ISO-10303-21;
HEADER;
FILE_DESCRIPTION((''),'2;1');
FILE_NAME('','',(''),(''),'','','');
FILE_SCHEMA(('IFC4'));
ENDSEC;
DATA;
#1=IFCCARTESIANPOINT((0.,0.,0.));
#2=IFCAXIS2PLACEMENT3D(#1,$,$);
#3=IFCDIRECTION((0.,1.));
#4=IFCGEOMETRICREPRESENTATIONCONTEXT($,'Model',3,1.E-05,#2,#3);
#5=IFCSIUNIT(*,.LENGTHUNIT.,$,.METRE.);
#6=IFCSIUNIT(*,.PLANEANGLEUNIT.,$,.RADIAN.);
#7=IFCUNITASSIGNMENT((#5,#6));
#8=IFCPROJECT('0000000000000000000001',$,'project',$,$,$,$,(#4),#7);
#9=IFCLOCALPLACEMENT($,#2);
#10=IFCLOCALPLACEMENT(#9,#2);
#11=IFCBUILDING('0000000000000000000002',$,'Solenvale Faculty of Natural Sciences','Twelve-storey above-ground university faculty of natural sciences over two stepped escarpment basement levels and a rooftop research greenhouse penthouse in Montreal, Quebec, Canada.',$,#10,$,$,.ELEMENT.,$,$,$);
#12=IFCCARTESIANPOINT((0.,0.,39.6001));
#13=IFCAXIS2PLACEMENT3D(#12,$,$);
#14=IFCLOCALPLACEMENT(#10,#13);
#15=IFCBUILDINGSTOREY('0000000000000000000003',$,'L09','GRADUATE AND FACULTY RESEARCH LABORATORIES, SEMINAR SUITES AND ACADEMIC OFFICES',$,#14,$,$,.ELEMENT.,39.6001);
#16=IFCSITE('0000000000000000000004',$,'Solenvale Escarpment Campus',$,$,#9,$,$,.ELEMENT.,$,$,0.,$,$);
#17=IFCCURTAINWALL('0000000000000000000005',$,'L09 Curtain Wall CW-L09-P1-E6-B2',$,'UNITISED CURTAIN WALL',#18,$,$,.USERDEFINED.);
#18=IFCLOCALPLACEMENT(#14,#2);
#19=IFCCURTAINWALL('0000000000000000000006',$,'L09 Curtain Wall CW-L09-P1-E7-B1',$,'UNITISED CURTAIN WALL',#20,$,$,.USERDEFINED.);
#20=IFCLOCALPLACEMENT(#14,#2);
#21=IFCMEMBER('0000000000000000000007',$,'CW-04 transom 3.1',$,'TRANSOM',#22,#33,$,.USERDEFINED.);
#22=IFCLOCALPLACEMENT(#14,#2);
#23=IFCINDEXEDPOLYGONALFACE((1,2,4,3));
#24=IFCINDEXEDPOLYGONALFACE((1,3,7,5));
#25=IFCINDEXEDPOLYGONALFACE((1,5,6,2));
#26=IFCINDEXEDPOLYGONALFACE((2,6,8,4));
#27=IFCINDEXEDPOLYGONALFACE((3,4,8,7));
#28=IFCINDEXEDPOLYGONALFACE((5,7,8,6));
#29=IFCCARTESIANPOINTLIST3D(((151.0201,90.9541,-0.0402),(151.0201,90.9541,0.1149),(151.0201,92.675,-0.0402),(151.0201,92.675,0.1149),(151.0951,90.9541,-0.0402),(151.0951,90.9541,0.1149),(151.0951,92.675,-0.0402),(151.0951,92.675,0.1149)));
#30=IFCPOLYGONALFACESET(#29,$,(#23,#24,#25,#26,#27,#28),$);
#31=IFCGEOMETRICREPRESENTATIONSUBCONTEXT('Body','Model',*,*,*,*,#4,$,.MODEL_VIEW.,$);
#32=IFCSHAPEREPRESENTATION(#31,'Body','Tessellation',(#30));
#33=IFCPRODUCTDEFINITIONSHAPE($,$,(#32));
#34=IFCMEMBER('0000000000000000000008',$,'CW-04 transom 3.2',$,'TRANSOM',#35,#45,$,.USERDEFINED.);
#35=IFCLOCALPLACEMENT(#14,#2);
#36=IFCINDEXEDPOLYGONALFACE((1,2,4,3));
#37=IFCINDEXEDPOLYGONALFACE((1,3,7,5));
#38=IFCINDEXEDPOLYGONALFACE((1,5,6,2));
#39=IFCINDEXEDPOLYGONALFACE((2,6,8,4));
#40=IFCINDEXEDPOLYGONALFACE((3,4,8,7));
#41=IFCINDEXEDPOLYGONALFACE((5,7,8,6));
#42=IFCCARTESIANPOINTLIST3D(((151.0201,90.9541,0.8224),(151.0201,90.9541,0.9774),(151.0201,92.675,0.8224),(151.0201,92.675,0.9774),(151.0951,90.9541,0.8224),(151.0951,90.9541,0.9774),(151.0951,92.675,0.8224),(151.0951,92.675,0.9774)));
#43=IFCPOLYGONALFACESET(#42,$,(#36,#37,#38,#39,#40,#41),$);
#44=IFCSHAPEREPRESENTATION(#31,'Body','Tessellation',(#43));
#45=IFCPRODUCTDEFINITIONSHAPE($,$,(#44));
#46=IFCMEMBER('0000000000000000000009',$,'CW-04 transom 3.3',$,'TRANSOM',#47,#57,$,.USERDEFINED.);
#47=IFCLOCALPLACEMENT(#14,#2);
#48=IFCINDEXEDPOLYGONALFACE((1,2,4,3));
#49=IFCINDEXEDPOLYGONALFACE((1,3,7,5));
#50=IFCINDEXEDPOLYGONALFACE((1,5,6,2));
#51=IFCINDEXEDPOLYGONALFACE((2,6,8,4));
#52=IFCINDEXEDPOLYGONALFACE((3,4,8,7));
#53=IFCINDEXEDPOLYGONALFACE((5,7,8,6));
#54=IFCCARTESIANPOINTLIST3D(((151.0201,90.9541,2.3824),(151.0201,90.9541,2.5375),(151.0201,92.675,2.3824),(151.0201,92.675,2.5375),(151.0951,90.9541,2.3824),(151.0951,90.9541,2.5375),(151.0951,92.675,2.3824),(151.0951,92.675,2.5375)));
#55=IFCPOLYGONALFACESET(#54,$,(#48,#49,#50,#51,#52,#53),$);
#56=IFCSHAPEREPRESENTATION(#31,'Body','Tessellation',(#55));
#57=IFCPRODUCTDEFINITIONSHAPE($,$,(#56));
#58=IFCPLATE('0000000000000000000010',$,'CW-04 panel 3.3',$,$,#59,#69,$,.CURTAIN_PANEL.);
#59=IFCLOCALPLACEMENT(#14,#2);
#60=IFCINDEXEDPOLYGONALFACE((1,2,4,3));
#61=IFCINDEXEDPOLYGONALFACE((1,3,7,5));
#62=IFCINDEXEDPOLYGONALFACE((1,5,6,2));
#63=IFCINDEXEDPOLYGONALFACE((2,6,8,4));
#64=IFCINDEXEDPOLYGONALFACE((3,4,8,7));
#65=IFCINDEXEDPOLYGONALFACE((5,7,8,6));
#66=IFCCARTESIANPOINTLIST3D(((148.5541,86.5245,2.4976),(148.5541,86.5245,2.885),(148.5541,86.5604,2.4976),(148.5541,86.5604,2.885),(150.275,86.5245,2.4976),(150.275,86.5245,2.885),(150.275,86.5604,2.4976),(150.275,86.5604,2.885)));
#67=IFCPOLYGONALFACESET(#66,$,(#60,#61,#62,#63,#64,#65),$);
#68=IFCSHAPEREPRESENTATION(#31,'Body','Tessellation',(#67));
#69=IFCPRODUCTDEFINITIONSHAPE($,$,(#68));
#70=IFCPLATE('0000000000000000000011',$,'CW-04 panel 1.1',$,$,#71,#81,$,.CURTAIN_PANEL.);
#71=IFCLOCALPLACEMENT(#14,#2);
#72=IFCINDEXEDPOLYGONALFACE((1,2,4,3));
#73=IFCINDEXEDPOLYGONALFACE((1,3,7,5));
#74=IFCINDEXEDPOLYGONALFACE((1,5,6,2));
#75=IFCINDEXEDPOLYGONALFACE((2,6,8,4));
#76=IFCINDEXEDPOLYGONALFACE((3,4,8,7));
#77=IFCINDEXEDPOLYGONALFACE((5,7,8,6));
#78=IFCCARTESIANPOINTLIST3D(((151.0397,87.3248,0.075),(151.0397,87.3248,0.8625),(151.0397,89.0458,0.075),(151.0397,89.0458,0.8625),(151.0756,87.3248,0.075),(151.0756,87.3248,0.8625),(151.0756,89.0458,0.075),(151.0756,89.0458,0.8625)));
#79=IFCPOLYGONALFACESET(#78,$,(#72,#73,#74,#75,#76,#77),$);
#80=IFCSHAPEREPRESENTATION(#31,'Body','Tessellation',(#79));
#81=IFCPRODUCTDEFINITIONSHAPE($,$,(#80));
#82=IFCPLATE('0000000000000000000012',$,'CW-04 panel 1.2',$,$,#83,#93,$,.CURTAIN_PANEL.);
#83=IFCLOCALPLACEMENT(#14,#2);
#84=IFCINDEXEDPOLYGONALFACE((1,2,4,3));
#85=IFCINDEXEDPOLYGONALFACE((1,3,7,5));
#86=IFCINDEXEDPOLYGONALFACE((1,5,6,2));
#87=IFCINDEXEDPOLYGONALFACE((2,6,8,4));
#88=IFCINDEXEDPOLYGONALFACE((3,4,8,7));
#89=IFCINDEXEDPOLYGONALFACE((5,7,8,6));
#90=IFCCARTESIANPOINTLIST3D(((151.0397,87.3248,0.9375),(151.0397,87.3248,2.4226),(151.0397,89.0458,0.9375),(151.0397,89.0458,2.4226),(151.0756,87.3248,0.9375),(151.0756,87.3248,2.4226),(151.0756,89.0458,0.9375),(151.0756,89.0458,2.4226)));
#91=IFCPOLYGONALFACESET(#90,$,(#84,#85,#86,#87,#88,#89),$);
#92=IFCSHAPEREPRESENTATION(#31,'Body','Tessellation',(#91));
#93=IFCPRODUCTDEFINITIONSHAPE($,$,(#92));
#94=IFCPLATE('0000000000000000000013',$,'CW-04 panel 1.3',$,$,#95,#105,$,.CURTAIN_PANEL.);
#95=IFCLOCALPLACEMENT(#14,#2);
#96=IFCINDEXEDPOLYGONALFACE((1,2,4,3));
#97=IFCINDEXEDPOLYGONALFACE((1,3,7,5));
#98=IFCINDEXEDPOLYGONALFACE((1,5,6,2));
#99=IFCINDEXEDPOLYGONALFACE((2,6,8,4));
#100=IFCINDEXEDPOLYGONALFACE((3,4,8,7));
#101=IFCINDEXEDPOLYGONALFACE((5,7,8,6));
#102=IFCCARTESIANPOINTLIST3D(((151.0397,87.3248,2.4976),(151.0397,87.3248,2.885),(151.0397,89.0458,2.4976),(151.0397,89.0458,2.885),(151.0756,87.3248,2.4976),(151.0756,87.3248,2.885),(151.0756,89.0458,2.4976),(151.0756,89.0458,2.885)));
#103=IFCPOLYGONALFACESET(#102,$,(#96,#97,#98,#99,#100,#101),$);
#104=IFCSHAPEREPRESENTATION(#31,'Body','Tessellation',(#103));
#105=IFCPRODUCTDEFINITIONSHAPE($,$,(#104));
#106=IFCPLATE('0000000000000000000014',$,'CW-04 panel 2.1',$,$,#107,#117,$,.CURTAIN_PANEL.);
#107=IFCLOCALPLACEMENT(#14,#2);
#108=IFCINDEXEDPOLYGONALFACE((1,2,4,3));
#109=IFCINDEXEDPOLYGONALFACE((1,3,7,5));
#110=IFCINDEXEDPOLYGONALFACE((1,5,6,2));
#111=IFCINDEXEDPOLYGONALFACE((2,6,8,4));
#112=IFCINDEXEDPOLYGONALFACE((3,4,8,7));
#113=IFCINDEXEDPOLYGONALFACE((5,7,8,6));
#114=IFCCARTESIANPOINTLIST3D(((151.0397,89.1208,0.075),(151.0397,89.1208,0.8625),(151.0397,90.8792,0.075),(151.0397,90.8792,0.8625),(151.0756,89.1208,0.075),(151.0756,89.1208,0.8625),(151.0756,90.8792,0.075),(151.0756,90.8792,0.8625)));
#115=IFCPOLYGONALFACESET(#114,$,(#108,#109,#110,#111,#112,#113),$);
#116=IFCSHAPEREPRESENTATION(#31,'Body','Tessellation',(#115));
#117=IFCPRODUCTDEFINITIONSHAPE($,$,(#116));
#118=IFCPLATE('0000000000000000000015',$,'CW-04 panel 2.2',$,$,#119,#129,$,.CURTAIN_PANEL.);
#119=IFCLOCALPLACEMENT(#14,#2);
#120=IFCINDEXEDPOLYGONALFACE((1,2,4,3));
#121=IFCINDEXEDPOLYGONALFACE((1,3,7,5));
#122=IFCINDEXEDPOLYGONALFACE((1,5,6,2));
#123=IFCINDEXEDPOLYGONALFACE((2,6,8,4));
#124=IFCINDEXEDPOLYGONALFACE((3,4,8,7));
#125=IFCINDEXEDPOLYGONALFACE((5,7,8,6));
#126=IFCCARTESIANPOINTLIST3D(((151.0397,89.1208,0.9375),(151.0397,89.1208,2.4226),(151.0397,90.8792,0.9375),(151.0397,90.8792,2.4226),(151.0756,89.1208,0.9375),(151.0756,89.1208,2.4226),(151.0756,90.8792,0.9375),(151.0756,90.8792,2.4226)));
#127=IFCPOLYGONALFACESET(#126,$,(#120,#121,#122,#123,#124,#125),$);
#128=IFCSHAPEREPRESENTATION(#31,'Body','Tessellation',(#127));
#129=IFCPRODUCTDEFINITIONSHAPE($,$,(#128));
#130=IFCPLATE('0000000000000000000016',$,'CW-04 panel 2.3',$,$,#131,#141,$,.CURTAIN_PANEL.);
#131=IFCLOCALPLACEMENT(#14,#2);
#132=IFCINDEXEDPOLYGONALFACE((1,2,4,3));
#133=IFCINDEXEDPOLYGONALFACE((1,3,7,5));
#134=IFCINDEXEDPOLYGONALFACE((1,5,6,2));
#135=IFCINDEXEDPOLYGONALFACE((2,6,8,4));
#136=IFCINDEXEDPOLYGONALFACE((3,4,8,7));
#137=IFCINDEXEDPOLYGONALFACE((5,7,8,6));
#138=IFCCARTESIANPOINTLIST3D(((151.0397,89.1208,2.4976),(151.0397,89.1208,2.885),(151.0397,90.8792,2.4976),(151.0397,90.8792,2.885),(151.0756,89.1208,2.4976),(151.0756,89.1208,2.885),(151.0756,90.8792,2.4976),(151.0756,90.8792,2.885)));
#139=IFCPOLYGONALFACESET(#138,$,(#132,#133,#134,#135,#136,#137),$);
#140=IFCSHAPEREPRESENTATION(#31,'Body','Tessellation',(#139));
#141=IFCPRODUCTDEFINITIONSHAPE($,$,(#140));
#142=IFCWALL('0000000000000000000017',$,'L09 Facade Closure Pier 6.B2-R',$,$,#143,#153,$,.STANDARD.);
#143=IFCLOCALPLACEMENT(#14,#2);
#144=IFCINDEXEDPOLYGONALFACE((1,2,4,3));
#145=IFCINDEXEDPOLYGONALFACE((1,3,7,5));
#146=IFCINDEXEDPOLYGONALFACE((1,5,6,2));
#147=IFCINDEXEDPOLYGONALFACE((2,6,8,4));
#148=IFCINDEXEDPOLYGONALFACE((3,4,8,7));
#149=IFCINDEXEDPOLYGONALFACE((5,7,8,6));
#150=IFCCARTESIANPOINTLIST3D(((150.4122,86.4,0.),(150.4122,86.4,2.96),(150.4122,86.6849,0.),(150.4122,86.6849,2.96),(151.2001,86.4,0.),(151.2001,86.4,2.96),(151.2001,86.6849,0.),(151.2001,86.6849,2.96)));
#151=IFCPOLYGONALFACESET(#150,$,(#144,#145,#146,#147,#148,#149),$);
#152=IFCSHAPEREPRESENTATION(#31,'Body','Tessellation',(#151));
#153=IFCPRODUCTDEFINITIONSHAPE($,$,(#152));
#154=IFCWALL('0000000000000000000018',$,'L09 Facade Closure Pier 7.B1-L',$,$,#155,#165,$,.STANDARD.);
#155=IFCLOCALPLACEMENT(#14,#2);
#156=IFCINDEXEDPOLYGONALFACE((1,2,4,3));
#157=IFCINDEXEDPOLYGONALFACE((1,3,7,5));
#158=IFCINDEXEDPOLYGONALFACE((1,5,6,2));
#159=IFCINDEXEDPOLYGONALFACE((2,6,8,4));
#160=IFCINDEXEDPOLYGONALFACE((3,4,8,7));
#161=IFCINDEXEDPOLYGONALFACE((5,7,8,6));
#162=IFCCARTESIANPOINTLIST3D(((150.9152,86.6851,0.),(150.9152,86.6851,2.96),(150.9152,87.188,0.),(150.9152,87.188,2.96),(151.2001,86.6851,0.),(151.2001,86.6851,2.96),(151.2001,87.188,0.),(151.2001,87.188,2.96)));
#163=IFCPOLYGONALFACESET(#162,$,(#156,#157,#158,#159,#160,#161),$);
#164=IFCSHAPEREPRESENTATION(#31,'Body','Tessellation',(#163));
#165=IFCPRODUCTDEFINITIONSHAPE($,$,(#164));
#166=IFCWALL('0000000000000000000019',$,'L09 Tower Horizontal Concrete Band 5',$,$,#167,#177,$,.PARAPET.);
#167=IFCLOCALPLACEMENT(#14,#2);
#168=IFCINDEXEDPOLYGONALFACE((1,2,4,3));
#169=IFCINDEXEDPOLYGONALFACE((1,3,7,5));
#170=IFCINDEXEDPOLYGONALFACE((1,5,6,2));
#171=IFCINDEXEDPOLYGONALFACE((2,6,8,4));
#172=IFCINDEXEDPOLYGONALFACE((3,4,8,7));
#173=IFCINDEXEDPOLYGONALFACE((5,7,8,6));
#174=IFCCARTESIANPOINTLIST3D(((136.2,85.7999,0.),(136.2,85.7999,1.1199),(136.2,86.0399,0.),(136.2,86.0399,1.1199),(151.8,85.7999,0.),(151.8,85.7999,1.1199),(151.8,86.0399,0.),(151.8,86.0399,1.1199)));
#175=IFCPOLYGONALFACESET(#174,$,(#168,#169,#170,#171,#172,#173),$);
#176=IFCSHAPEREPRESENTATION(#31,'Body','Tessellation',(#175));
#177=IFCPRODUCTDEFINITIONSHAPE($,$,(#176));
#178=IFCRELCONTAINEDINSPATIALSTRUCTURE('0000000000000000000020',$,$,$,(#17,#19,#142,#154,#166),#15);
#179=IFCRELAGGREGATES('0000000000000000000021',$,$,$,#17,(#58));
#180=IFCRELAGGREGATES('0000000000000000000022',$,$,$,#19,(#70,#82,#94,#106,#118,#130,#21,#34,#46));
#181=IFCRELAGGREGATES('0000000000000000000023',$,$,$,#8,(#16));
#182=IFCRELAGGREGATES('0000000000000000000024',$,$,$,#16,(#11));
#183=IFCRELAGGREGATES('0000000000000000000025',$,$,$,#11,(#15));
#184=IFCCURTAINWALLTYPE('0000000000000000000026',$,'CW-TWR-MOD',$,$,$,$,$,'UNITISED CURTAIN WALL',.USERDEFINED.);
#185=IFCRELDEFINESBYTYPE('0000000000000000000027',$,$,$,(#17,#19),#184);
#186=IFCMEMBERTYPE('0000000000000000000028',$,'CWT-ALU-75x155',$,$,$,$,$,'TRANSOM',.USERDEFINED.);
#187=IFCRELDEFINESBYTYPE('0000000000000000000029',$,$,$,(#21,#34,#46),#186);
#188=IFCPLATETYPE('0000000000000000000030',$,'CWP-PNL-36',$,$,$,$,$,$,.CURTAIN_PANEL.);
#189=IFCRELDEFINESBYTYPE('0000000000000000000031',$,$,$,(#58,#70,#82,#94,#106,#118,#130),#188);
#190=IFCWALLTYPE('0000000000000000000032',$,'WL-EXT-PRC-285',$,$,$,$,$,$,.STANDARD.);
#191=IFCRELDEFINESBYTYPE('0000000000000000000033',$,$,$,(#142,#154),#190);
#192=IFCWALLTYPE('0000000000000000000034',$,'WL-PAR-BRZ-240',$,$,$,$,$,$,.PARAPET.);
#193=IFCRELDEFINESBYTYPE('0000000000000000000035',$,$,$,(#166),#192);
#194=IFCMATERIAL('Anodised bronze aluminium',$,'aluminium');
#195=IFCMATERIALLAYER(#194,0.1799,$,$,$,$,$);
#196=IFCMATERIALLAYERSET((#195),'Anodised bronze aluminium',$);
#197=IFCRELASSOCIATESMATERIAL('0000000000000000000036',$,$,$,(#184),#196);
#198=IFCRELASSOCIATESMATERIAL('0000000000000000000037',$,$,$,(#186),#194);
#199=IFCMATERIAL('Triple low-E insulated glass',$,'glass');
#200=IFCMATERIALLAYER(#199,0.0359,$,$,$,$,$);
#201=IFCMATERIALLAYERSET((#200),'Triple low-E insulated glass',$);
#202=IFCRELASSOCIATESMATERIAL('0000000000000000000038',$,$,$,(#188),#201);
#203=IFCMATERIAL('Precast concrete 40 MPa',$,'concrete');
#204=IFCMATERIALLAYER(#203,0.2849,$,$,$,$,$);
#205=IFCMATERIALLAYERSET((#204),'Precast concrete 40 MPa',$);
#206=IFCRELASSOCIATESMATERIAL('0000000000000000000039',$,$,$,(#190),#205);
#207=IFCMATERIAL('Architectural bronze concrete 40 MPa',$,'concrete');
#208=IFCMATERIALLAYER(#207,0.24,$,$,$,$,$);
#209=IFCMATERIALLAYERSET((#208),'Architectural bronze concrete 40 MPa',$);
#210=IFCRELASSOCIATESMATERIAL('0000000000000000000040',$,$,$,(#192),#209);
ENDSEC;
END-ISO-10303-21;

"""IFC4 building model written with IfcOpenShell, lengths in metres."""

from ifc_helpers import new_model, si_unit, direction, frame, frame_2d, origin, origin_2d, place, context, subcontext, project, spatial, rectangle, extrude, material, layer, layer_set, material_profile, profile_set, type_object, element, aggregate, save


model = new_model("IFC4")

# Units and contexts
model_context = context("Model", 3, precision=1e-05, world=origin(), true_north=direction((0.0, 1.0)))
body_context = subcontext(model_context, "Body", "Model", "MODEL_VIEW")
ifc_project = project(units=[si_unit("LENGTHUNIT", "METRE"), si_unit("PLANEANGLEUNIT", "RADIAN")], contexts=[model_context])

# Site, building, storey
site_placement = place(None, origin())
site = spatial("IfcSite", under=ifc_project, at=site_placement, Name="Solenvale Escarpment Campus", CompositionType="ELEMENT", RefElevation=0.0)
building_placement = place(site_placement, origin())
building = spatial("IfcBuilding", under=site, at=building_placement, Name="Solenvale Faculty of Natural Sciences", Description="Twelve-storey above-ground university faculty of natural sciences over two stepped escarpment basement levels and a rooftop research greenhouse penthouse in Montreal, Quebec, Canada.", CompositionType="ELEMENT")
storey_placement = place(building_placement, frame((0.0, 0.0, 39.6001)))
storey = spatial("IfcBuildingStorey", under=building, at=storey_placement, Name="L09", Description="GRADUATE AND FACULTY RESEARCH LABORATORIES, SEMINAR SUITES AND ACADEMIC OFFICES", CompositionType="ELEMENT", Elevation=39.6001)

# Curtain wall
ifc_material_1 = material(Name="Anodised bronze aluminium", Category="aluminium")
ifc_layer_1 = layer(ifc_material_1, 0.1799)
ifc_layer_set_1 = layer_set([ifc_layer_1], Name="Anodised bronze aluminium")
curtain_wall_type = type_object("IfcCurtainWallType", Name="CW-TWR-MOD", ElementType="UNITISED CURTAIN WALL", PredefinedType="USERDEFINED", material=ifc_layer_set_1)
curtain_wall_1_placement = place(storey_placement, origin())
curtain_wall_1 = element("IfcCurtainWall", 1, at=curtain_wall_1_placement, inside=storey, type_object=curtain_wall_type, Name="L09 Curtain Wall CW-L09-P1-E6-B2", ObjectType="UNITISED CURTAIN WALL", PredefinedType="USERDEFINED")

# Curtain wall, members
curtain_wall_2_placement = place(storey_placement, origin())
curtain_wall_2 = element("IfcCurtainWall", 2, at=curtain_wall_2_placement, inside=storey, type_object=curtain_wall_type, Name="L09 Curtain Wall CW-L09-P1-E7-B1", ObjectType="UNITISED CURTAIN WALL", PredefinedType="USERDEFINED")
ifc_material_profile_1 = material_profile(ifc_material_1, rectangle(XDim=0.075, YDim=0.155, at=origin_2d()), Name="ALU-TRN-75x155")
ifc_profile_set_1 = profile_set([ifc_material_profile_1], Name="Anodised bronze aluminium")
member_type_1 = type_object("IfcMemberType", Name="CWT-ALU-75x155", ElementType="TRANSOM", PredefinedType="USERDEFINED", material=ifc_profile_set_1)
member_1_placement = place(storey_placement, frame((151.0576, 90.9541, 0.0374), z_axis=(0.0, 1.0, 0.0), x_axis=(-1.0, 0.0, 0.0)))
member_1 = element("IfcMember", 3, at=member_1_placement, type_object=member_type_1, Name="CW-04 transom 3.1", ObjectType="TRANSOM", PredefinedType="USERDEFINED", context=body_context, shape_type="SweptSolid", body=[
    extrude(rectangle(XDim=0.075, YDim=0.155, at=origin_2d()), origin(), (0.0, 0.0, 1.0), 1.7209),
])
member_2_placement = place(storey_placement, frame((151.0576, 90.9541, 0.8999), z_axis=(0.0, 1.0, 0.0), x_axis=(-1.0, 0.0, 0.0)))
member_2 = element("IfcMember", 4, at=member_2_placement, type_object=member_type_1, Name="CW-04 transom 3.2", ObjectType="TRANSOM", PredefinedType="USERDEFINED", context=body_context, shape_type="SweptSolid", body=[
    extrude(rectangle(XDim=0.075, YDim=0.155, at=origin_2d()), origin(), (0.0, 0.0, 1.0), 1.7209),
])
member_3_placement = place(storey_placement, frame((151.0576, 90.9541, 2.46), z_axis=(0.0, 1.0, 0.0), x_axis=(-1.0, 0.0, 0.0)))
member_3 = element("IfcMember", 5, at=member_3_placement, type_object=member_type_1, Name="CW-04 transom 3.3", ObjectType="TRANSOM", PredefinedType="USERDEFINED", context=body_context, shape_type="SweptSolid", body=[
    extrude(rectangle(XDim=0.075, YDim=0.155, at=origin_2d()), origin(), (0.0, 0.0, 1.0), 1.7209),
])

# Plates
ifc_material_2 = material(Name="Triple low-E insulated glass", Category="glass")
ifc_layer_2 = layer(ifc_material_2, 0.0359)
ifc_layer_set_2 = layer_set([ifc_layer_2], Name="Triple low-E insulated glass")
plate_type = type_object("IfcPlateType", Name="CWP-PNL-36", PredefinedType="CURTAIN_PANEL", material=ifc_layer_set_2)
plate_1_placement = place(storey_placement, frame((149.4146, 86.5425, 2.4976), z_axis=(0.0, 0.0, 1.0), x_axis=(1.0, 0.0, 0.0)))
plate_1 = element("IfcPlate", 6, at=plate_1_placement, type_object=plate_type, Name="CW-04 panel 3.3", PredefinedType="CURTAIN_PANEL", context=body_context, shape_type="SweptSolid", body=[
    extrude(rectangle(XDim=1.7209, YDim=0.0359, at=origin_2d()), origin(), (0.0, 0.0, 1.0), 0.3875),
])
aggregate(curtain_wall_1, [plate_1])
plate_2_placement = place(storey_placement, frame((151.0576, 88.1853, 0.075), z_axis=(0.0, 0.0, 1.0), x_axis=(0.0, 1.0, 0.0)))
plate_2 = element("IfcPlate", 7, at=plate_2_placement, type_object=plate_type, Name="CW-04 panel 1.1", PredefinedType="CURTAIN_PANEL", context=body_context, shape_type="SweptSolid", body=[
    extrude(rectangle(XDim=1.7209, YDim=0.0359, at=origin_2d()), origin(), (0.0, 0.0, 1.0), 0.7876),
])
plate_3_placement = place(storey_placement, frame((151.0576, 88.1853, 0.9375), z_axis=(0.0, 0.0, 1.0), x_axis=(0.0, 1.0, 0.0)))
plate_3 = element("IfcPlate", 8, at=plate_3_placement, type_object=plate_type, Name="CW-04 panel 1.2", PredefinedType="CURTAIN_PANEL", context=body_context, shape_type="SweptSolid", body=[
    extrude(rectangle(XDim=1.7209, YDim=0.0359, at=origin_2d()), origin(), (0.0, 0.0, 1.0), 1.4851),
])
plate_4_placement = place(storey_placement, frame((151.0576, 88.1853, 2.4976), z_axis=(0.0, 0.0, 1.0), x_axis=(0.0, 1.0, 0.0)))
plate_4 = element("IfcPlate", 9, at=plate_4_placement, type_object=plate_type, Name="CW-04 panel 1.3", PredefinedType="CURTAIN_PANEL", context=body_context, shape_type="SweptSolid", body=[
    extrude(rectangle(XDim=1.7209, YDim=0.0359, at=origin_2d()), origin(), (0.0, 0.0, 1.0), 0.3875),
])
plate_5_placement = place(storey_placement, frame((151.0576, 90.0, 0.075), z_axis=(0.0, 0.0, 1.0), x_axis=(0.0, 1.0, 0.0)))
plate_5 = element("IfcPlate", 10, at=plate_5_placement, type_object=plate_type, Name="CW-04 panel 2.1", PredefinedType="CURTAIN_PANEL", context=body_context, shape_type="SweptSolid", body=[
    extrude(rectangle(XDim=1.7583, YDim=0.0359, at=origin_2d()), origin(), (0.0, 0.0, 1.0), 0.7876),
])
plate_6_placement = place(storey_placement, frame((151.0576, 90.0, 0.9375), z_axis=(0.0, 0.0, 1.0), x_axis=(0.0, 1.0, 0.0)))
plate_6 = element("IfcPlate", 11, at=plate_6_placement, type_object=plate_type, Name="CW-04 panel 2.2", PredefinedType="CURTAIN_PANEL", context=body_context, shape_type="SweptSolid", body=[
    extrude(rectangle(XDim=1.7583, YDim=0.0359, at=origin_2d()), origin(), (0.0, 0.0, 1.0), 1.4851),
])
plate_7_placement = place(storey_placement, frame((151.0576, 90.0, 2.4976), z_axis=(0.0, 0.0, 1.0), x_axis=(0.0, 1.0, 0.0)))
plate_7 = element("IfcPlate", 12, at=plate_7_placement, type_object=plate_type, Name="CW-04 panel 2.3", PredefinedType="CURTAIN_PANEL", context=body_context, shape_type="SweptSolid", body=[
    extrude(rectangle(XDim=1.7583, YDim=0.0359, at=origin_2d()), origin(), (0.0, 0.0, 1.0), 0.3875),
])
aggregate(curtain_wall_2, [plate_2, plate_3, plate_4, plate_5, plate_6, plate_7, member_1, member_2, member_3])

# Walls
ifc_material_3 = material(Name="Precast concrete 40 MPa", Category="concrete")
ifc_layer_3 = layer(ifc_material_3, 0.2849)
ifc_layer_set_3 = layer_set([ifc_layer_3], Name="Precast concrete 40 MPa")
wall_type_1 = type_object("IfcWallType", Name="WL-EXT-PRC-285", PredefinedType="STANDARD", material=ifc_layer_set_3)
wall_1_placement = place(storey_placement, frame((150.4121, 86.5425, 0.0), z_axis=(0.0, 0.0, 1.0), x_axis=(1.0, 0.0, 0.0)))
element("IfcWall", 13, at=wall_1_placement, inside=storey, type_object=wall_type_1, Name="L09 Facade Closure Pier 6.B2-R", PredefinedType="STANDARD", context=body_context, shape_type="SweptSolid", body=[
    extrude(rectangle(XDim=0.7878, YDim=0.2849, at=frame_2d((0.394, 0.0))), origin(), (0.0, 0.0, 1.0), 2.96),
])
wall_2_placement = place(storey_placement, frame((151.0576, 86.6851, 0.0), z_axis=(0.0, 0.0, 1.0), x_axis=(0.0, 1.0, 0.0)))
element("IfcWall", 14, at=wall_2_placement, inside=storey, type_object=wall_type_1, Name="L09 Facade Closure Pier 7.B1-L", PredefinedType="STANDARD", context=body_context, shape_type="SweptSolid", body=[
    extrude(rectangle(XDim=0.5029, YDim=0.2849, at=frame_2d((0.2515, 0.0))), origin(), (0.0, 0.0, 1.0), 2.96),
])
ifc_material_4 = material(Name="Architectural bronze concrete 40 MPa", Category="concrete")
ifc_layer_4 = layer(ifc_material_4, 0.24)
ifc_layer_set_4 = layer_set([ifc_layer_4], Name="Architectural bronze concrete 40 MPa")
wall_type_2 = type_object("IfcWallType", Name="WL-PAR-BRZ-240", PredefinedType="PARAPET", material=ifc_layer_set_4)
wall_3_placement = place(storey_placement, frame((151.8, 85.9199, 0.0), z_axis=(0.0, 0.0, 1.0), x_axis=(-1.0, 0.0, 0.0)))
element("IfcWall", 15, at=wall_3_placement, inside=storey, type_object=wall_type_2, Name="L09 Tower Horizontal Concrete Band 5", PredefinedType="PARAPET", context=body_context, shape_type="SweptSolid", body=[
    extrude(rectangle(XDim=15.6001, YDim=0.24, at=frame_2d((7.8, 0.0))), origin(), (0.0, 0.0, 1.0), 1.1199),
])

save(model, "model.ifc")
